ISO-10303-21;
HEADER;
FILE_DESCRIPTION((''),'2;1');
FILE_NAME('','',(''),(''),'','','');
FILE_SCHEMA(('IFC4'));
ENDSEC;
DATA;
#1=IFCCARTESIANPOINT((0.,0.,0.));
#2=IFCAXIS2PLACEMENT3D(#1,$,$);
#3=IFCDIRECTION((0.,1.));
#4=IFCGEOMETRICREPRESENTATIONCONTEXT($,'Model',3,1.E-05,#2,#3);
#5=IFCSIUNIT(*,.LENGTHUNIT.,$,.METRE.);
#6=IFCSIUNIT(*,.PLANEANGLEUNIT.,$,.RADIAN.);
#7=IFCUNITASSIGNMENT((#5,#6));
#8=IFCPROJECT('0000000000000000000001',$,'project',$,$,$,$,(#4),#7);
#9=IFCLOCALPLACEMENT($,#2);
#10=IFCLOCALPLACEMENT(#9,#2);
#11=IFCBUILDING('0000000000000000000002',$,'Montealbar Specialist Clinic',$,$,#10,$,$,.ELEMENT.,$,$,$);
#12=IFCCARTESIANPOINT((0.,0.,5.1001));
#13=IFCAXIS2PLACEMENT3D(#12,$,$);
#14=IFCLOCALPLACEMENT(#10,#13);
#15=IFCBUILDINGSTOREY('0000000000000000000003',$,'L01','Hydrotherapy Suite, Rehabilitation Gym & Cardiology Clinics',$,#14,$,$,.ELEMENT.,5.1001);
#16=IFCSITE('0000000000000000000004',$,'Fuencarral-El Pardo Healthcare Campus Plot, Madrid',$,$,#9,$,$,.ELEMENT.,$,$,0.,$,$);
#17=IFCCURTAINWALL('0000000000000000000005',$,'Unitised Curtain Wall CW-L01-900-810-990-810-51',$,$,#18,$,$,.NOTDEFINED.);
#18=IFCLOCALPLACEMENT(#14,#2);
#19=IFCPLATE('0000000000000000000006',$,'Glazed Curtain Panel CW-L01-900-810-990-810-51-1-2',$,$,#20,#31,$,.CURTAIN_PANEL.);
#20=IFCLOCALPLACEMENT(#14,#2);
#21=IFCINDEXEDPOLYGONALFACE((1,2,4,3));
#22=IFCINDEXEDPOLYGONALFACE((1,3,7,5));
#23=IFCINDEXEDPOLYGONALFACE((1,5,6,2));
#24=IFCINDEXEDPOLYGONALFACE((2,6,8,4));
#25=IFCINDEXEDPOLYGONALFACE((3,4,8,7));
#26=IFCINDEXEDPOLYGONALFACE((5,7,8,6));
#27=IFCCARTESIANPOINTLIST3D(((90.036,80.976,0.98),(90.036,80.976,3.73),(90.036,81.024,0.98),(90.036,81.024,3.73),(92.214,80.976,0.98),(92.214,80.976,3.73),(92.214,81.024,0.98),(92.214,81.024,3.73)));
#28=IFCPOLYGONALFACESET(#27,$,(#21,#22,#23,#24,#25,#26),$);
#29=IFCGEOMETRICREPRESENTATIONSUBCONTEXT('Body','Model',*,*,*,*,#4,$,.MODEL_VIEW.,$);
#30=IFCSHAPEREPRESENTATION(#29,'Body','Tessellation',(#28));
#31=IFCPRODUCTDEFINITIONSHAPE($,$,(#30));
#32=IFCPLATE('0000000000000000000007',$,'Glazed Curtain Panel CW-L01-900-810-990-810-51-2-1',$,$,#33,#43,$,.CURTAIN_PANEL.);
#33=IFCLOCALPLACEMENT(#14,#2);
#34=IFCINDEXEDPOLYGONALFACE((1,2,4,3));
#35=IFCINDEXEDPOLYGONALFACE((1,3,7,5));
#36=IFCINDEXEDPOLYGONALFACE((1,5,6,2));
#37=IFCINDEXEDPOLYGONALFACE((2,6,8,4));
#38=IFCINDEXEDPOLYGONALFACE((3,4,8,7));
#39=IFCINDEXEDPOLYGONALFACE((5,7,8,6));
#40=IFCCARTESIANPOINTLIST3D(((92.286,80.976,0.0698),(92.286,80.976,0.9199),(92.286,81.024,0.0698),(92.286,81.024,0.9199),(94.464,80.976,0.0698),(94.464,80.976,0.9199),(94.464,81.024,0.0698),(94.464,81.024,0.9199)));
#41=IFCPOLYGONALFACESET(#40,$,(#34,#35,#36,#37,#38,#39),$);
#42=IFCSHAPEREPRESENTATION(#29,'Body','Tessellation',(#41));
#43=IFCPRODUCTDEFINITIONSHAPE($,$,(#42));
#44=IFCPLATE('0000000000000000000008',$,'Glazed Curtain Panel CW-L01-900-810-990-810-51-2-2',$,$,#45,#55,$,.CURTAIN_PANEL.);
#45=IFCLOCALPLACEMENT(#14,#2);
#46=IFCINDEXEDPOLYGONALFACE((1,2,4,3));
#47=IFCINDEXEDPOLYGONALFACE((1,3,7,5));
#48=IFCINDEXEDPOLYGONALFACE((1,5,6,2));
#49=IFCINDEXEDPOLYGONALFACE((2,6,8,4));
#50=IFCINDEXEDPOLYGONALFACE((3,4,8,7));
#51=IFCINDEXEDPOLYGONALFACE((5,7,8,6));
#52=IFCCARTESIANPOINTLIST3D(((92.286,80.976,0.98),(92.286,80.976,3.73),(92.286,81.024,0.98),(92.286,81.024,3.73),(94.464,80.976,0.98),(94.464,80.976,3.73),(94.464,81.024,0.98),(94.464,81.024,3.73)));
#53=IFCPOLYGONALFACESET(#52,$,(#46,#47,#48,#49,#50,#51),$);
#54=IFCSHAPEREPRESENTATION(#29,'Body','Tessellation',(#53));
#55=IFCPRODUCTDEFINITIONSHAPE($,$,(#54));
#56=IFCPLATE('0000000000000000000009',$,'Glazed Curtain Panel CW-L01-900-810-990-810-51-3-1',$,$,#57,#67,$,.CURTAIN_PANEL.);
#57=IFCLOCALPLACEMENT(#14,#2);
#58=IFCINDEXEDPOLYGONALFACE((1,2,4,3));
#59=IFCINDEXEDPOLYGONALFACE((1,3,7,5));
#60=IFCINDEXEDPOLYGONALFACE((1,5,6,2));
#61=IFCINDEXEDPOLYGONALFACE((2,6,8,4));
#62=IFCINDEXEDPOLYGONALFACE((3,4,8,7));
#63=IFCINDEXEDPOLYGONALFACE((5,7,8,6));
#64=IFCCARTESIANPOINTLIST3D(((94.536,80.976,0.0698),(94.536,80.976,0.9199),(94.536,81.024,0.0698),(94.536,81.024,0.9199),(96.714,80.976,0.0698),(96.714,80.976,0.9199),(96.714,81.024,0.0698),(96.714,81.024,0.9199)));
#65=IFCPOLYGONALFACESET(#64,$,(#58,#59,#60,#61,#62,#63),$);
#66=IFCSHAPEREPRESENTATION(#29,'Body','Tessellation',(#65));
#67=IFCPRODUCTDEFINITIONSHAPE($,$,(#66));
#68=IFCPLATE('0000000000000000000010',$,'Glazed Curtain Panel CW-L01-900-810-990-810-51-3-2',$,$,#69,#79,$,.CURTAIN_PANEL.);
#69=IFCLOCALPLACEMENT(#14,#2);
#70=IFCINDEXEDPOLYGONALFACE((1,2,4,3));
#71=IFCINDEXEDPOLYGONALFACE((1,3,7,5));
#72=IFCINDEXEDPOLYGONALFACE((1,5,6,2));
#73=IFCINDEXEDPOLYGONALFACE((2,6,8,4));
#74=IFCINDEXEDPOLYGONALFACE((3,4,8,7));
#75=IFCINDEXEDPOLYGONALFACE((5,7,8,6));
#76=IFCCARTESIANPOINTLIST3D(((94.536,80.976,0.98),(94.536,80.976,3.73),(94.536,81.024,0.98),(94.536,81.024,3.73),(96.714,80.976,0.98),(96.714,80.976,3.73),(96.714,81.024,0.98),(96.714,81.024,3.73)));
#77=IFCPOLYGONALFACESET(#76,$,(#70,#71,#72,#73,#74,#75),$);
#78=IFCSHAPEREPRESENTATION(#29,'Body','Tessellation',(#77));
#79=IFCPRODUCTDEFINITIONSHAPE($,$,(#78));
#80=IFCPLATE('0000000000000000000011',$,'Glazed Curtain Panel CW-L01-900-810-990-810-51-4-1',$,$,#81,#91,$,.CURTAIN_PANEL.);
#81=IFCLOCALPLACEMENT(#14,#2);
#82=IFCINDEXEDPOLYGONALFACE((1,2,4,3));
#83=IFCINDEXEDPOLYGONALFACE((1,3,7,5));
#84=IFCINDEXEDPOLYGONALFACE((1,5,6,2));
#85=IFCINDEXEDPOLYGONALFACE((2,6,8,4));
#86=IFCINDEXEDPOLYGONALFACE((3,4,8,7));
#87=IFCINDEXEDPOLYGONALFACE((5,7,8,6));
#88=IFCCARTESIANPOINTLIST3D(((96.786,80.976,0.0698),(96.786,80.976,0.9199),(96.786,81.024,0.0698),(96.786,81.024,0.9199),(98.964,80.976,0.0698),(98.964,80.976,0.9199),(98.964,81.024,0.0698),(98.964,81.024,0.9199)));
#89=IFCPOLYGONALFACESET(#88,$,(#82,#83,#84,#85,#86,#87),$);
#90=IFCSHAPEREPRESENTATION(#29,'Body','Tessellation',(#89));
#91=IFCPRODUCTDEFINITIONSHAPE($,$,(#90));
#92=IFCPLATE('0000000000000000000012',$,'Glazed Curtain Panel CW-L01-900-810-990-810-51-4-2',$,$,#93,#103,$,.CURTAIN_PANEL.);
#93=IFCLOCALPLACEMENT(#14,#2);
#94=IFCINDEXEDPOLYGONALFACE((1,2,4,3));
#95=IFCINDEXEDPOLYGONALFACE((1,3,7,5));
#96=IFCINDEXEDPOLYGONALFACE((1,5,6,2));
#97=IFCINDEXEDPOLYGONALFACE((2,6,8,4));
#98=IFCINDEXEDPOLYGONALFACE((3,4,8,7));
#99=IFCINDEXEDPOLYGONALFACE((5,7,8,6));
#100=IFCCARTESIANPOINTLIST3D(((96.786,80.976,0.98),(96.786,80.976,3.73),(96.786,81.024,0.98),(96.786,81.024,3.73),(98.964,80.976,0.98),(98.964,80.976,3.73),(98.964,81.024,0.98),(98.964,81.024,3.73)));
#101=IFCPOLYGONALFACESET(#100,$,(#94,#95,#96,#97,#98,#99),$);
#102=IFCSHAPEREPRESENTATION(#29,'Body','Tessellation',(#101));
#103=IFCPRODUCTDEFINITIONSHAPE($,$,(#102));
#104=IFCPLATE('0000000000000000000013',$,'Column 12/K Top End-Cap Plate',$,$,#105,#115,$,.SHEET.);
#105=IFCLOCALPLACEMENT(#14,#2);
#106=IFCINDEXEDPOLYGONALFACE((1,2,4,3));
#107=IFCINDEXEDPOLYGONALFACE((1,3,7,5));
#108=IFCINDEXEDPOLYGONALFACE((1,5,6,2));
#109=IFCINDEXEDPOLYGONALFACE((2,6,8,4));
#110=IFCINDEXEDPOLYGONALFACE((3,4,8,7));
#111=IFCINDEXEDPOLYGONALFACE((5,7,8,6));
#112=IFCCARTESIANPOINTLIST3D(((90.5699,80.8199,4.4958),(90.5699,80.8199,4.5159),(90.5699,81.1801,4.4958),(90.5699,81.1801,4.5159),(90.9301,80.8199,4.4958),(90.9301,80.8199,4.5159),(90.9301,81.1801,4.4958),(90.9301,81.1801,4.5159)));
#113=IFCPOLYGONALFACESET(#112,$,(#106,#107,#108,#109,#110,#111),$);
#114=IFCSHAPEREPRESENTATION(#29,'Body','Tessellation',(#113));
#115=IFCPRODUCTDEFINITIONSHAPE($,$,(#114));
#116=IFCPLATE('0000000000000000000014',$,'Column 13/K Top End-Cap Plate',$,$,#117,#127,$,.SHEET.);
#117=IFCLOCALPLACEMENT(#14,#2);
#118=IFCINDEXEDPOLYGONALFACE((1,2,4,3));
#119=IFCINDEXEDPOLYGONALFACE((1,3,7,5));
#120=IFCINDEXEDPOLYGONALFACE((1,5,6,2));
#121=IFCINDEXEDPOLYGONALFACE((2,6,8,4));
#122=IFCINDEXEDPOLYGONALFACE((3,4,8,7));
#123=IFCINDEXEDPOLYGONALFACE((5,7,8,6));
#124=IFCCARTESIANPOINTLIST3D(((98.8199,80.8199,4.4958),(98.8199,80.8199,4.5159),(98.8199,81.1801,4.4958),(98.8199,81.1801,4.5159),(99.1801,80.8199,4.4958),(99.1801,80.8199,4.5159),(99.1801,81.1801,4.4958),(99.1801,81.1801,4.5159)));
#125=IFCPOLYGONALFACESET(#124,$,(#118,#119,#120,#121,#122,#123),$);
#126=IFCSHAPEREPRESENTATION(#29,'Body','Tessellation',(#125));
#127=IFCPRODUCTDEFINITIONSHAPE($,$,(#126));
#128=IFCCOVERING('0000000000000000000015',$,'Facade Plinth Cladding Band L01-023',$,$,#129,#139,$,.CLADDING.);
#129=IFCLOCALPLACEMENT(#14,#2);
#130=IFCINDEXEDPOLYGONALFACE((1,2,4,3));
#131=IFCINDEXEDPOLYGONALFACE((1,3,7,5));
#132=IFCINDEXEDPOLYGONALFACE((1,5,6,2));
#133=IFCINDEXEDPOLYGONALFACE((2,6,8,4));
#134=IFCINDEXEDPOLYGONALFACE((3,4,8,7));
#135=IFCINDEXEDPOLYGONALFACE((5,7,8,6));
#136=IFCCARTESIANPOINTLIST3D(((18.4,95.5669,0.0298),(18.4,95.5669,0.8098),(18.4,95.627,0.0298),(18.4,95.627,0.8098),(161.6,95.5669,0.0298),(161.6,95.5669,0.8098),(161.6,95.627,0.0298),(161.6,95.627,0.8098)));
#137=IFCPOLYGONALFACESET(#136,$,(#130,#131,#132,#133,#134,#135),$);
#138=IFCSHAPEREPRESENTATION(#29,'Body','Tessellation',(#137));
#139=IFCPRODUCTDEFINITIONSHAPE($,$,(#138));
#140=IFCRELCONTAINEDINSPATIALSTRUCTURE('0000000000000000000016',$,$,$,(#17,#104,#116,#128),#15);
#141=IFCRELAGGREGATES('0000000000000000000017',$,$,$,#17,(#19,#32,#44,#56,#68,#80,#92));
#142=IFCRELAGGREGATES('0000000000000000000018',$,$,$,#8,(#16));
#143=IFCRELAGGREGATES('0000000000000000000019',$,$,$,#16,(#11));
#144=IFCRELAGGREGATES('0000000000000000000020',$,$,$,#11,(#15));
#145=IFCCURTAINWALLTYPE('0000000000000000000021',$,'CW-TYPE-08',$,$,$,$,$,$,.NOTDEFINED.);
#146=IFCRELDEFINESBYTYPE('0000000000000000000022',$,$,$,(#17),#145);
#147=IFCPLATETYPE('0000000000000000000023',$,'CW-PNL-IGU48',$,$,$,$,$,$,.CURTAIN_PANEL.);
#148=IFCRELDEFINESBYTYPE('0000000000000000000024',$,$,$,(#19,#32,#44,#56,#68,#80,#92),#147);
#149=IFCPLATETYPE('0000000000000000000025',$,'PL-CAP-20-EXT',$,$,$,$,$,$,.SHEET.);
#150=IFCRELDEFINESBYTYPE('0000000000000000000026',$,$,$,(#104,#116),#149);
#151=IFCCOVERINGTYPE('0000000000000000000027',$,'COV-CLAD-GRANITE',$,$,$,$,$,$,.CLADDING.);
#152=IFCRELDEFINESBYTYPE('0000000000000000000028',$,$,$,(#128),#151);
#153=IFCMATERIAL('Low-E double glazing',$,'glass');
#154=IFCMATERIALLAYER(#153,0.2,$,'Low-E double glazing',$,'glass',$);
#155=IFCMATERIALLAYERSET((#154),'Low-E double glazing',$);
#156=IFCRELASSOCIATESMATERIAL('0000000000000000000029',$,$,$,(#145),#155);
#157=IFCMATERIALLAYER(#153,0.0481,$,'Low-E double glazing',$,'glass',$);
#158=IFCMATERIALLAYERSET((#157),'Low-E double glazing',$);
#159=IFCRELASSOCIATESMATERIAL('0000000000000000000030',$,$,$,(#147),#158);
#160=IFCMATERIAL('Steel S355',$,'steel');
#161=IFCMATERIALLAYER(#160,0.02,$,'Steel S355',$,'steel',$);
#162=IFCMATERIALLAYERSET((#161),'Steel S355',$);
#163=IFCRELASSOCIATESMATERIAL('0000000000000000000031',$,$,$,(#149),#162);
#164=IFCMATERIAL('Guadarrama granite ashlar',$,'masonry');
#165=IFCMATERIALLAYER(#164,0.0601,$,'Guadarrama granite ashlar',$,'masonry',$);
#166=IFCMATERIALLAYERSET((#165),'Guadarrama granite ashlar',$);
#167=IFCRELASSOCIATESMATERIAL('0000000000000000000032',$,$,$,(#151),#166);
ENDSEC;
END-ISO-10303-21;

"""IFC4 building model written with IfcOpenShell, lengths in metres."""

from ifc_helpers import new_model, si_unit, direction, frame, origin, origin_2d, place, context, subcontext, project, spatial, rectangle, extrude, material, layer, layer_set, type_object, element, aggregate, save


model = new_model("IFC4")

# Units and contexts
model_context = context("Model", 3, precision=1e-05, world=origin(), true_north=direction((0.0, 1.0)))
body_context = subcontext(model_context, "Body", "Model", "MODEL_VIEW")
ifc_project = project(units=[si_unit("LENGTHUNIT", "METRE"), si_unit("PLANEANGLEUNIT", "RADIAN")], contexts=[model_context])

# Site, building, storey
site_placement = place(None, origin())
site = spatial("IfcSite", under=ifc_project, at=site_placement, Name="Fuencarral-El Pardo Healthcare Campus Plot, Madrid", CompositionType="ELEMENT", RefElevation=0.0)
building_placement = place(site_placement, origin())
building = spatial("IfcBuilding", under=site, at=building_placement, Name="Montealbar Specialist Clinic", CompositionType="ELEMENT")
storey_placement = place(building_placement, frame((0.0, 0.0, 5.1001)))
storey = spatial("IfcBuildingStorey", under=building, at=storey_placement, Name="L01", Description="Hydrotherapy Suite, Rehabilitation Gym & Cardiology Clinics", CompositionType="ELEMENT", Elevation=5.1001)

# Shared definitions
ifc_material_1 = material(Name="Steel S355", Category="steel")

# Curtain wall, plates
ifc_material_2 = material(Name="Low-E double glazing", Category="glass")
ifc_layer_1 = layer(ifc_material_2, 0.2, Name="Low-E double glazing", Category="glass")
ifc_layer_set_1 = layer_set([ifc_layer_1], Name="Low-E double glazing")
curtain_wall_type = type_object("IfcCurtainWallType", Name="CW-TYPE-08", PredefinedType="NOTDEFINED", material=ifc_layer_set_1)
curtain_wall_placement = place(storey_placement, origin())
curtain_wall = element("IfcCurtainWall", 1, at=curtain_wall_placement, inside=storey, type_object=curtain_wall_type, Name="Unitised Curtain Wall CW-L01-900-810-990-810-51", PredefinedType="NOTDEFINED")
ifc_layer_2 = layer(ifc_material_2, 0.0481, Name="Low-E double glazing", Category="glass")
ifc_layer_set_2 = layer_set([ifc_layer_2], Name="Low-E double glazing")
plate_type_1 = type_object("IfcPlateType", Name="CW-PNL-IGU48", PredefinedType="CURTAIN_PANEL", material=ifc_layer_set_2)
plate_1_placement = place(storey_placement, frame((91.125, 81.0, 0.98), z_axis=(0.0, 0.0, 1.0), x_axis=(1.0, 0.0, 0.0)))
plate_1 = element("IfcPlate", 2, at=plate_1_placement, type_object=plate_type_1, Name="Glazed Curtain Panel CW-L01-900-810-990-810-51-1-2", PredefinedType="CURTAIN_PANEL", context=body_context, shape_type="SweptSolid", body=[
    extrude(rectangle(XDim=2.178, YDim=0.0481, at=origin_2d()), origin(), (0.0, 0.0, 1.0), 2.75),
])
plate_2_placement = place(storey_placement, frame((93.375, 81.0, 0.0698), z_axis=(0.0, 0.0, 1.0), x_axis=(1.0, 0.0, 0.0)))
plate_2 = element("IfcPlate", 3, at=plate_2_placement, type_object=plate_type_1, Name="Glazed Curtain Panel CW-L01-900-810-990-810-51-2-1", PredefinedType="CURTAIN_PANEL", context=body_context, shape_type="SweptSolid", body=[
    extrude(rectangle(XDim=2.178, YDim=0.0481, at=origin_2d()), origin(), (0.0, 0.0, 1.0), 0.8501),
])
plate_3_placement = place(storey_placement, frame((93.375, 81.0, 0.98), z_axis=(0.0, 0.0, 1.0), x_axis=(1.0, 0.0, 0.0)))
plate_3 = element("IfcPlate", 4, at=plate_3_placement, type_object=plate_type_1, Name="Glazed Curtain Panel CW-L01-900-810-990-810-51-2-2", PredefinedType="CURTAIN_PANEL", context=body_context, shape_type="SweptSolid", body=[
    extrude(rectangle(XDim=2.178, YDim=0.0481, at=origin_2d()), origin(), (0.0, 0.0, 1.0), 2.75),
])
plate_4_placement = place(storey_placement, frame((95.625, 81.0, 0.0698), z_axis=(0.0, 0.0, 1.0), x_axis=(1.0, 0.0, 0.0)))
plate_4 = element("IfcPlate", 5, at=plate_4_placement, type_object=plate_type_1, Name="Glazed Curtain Panel CW-L01-900-810-990-810-51-3-1", PredefinedType="CURTAIN_PANEL", context=body_context, shape_type="SweptSolid", body=[
    extrude(rectangle(XDim=2.178, YDim=0.0481, at=origin_2d()), origin(), (0.0, 0.0, 1.0), 0.8501),
])
plate_5_placement = place(storey_placement, frame((95.625, 81.0, 0.98), z_axis=(0.0, 0.0, 1.0), x_axis=(1.0, 0.0, 0.0)))
plate_5 = element("IfcPlate", 6, at=plate_5_placement, type_object=plate_type_1, Name="Glazed Curtain Panel CW-L01-900-810-990-810-51-3-2", PredefinedType="CURTAIN_PANEL", context=body_context, shape_type="SweptSolid", body=[
    extrude(rectangle(XDim=2.178, YDim=0.0481, at=origin_2d()), origin(), (0.0, 0.0, 1.0), 2.75),
])
plate_6_placement = place(storey_placement, frame((97.875, 81.0, 0.0698), z_axis=(0.0, 0.0, 1.0), x_axis=(1.0, 0.0, 0.0)))
plate_6 = element("IfcPlate", 7, at=plate_6_placement, type_object=plate_type_1, Name="Glazed Curtain Panel CW-L01-900-810-990-810-51-4-1", PredefinedType="CURTAIN_PANEL", context=body_context, shape_type="SweptSolid", body=[
    extrude(rectangle(XDim=2.178, YDim=0.0481, at=origin_2d()), origin(), (0.0, 0.0, 1.0), 0.8501),
])
plate_7_placement = place(storey_placement, frame((97.875, 81.0, 0.98), z_axis=(0.0, 0.0, 1.0), x_axis=(1.0, 0.0, 0.0)))
plate_7 = element("IfcPlate", 8, at=plate_7_placement, type_object=plate_type_1, Name="Glazed Curtain Panel CW-L01-900-810-990-810-51-4-2", PredefinedType="CURTAIN_PANEL", context=body_context, shape_type="SweptSolid", body=[
    extrude(rectangle(XDim=2.178, YDim=0.0481, at=origin_2d()), origin(), (0.0, 0.0, 1.0), 2.75),
])
aggregate(curtain_wall, [plate_1, plate_2, plate_3, plate_4, plate_5, plate_6, plate_7])

# Plates
ifc_layer_3 = layer(ifc_material_1, 0.02, Name="Steel S355", Category="steel")
ifc_layer_set_3 = layer_set([ifc_layer_3], Name="Steel S355")
plate_type_2 = type_object("IfcPlateType", Name="PL-CAP-20-EXT", PredefinedType="SHEET", material=ifc_layer_set_3)
for number, where, z_axis, x_axis, name in (
    (9, (90.75, 81.0, 4.4958), (0.0, 0.0, 1.0), (1.0, 0.0, 0.0), "Column 12/K Top End-Cap Plate"),
    (10, (99.0, 81.0, 4.4958), (0.0, 0.0, 1.0), (1.0, 0.0, 0.0), "Column 13/K Top End-Cap Plate"),
):
    element("IfcPlate", number, at=place(storey_placement, frame(where, z_axis=z_axis, x_axis=x_axis)), inside=storey, type_object=plate_type_2, Name=name, PredefinedType="SHEET", context=body_context, shape_type="SweptSolid", body=[
        extrude(rectangle(XDim=0.3601, YDim=0.3601, at=origin_2d()), origin(), (0.0, 0.0, 1.0), 0.02),
    ])

# Covering
ifc_material_3 = material(Name="Guadarrama granite ashlar", Category="masonry")
ifc_layer_4 = layer(ifc_material_3, 0.0601, Name="Guadarrama granite ashlar", Category="masonry")
ifc_layer_set_4 = layer_set([ifc_layer_4], Name="Guadarrama granite ashlar")
covering_type = type_object("IfcCoveringType", Name="COV-CLAD-GRANITE", PredefinedType="CLADDING", material=ifc_layer_set_4)
covering_placement = place(storey_placement, frame((90.0, 95.5969, 0.0298), z_axis=(0.0, 0.0, 1.0), x_axis=(-1.0, 0.0, 0.0)))
element("IfcCovering", 11, at=covering_placement, inside=storey, type_object=covering_type, Name="Facade Plinth Cladding Band L01-023", PredefinedType="CLADDING", context=body_context, shape_type="SweptSolid", body=[
    extrude(rectangle(XDim=143.2, YDim=0.0601, at=origin_2d()), origin(), (0.0, 0.0, 1.0), 0.78),
])

save(model, "model.ifc")
